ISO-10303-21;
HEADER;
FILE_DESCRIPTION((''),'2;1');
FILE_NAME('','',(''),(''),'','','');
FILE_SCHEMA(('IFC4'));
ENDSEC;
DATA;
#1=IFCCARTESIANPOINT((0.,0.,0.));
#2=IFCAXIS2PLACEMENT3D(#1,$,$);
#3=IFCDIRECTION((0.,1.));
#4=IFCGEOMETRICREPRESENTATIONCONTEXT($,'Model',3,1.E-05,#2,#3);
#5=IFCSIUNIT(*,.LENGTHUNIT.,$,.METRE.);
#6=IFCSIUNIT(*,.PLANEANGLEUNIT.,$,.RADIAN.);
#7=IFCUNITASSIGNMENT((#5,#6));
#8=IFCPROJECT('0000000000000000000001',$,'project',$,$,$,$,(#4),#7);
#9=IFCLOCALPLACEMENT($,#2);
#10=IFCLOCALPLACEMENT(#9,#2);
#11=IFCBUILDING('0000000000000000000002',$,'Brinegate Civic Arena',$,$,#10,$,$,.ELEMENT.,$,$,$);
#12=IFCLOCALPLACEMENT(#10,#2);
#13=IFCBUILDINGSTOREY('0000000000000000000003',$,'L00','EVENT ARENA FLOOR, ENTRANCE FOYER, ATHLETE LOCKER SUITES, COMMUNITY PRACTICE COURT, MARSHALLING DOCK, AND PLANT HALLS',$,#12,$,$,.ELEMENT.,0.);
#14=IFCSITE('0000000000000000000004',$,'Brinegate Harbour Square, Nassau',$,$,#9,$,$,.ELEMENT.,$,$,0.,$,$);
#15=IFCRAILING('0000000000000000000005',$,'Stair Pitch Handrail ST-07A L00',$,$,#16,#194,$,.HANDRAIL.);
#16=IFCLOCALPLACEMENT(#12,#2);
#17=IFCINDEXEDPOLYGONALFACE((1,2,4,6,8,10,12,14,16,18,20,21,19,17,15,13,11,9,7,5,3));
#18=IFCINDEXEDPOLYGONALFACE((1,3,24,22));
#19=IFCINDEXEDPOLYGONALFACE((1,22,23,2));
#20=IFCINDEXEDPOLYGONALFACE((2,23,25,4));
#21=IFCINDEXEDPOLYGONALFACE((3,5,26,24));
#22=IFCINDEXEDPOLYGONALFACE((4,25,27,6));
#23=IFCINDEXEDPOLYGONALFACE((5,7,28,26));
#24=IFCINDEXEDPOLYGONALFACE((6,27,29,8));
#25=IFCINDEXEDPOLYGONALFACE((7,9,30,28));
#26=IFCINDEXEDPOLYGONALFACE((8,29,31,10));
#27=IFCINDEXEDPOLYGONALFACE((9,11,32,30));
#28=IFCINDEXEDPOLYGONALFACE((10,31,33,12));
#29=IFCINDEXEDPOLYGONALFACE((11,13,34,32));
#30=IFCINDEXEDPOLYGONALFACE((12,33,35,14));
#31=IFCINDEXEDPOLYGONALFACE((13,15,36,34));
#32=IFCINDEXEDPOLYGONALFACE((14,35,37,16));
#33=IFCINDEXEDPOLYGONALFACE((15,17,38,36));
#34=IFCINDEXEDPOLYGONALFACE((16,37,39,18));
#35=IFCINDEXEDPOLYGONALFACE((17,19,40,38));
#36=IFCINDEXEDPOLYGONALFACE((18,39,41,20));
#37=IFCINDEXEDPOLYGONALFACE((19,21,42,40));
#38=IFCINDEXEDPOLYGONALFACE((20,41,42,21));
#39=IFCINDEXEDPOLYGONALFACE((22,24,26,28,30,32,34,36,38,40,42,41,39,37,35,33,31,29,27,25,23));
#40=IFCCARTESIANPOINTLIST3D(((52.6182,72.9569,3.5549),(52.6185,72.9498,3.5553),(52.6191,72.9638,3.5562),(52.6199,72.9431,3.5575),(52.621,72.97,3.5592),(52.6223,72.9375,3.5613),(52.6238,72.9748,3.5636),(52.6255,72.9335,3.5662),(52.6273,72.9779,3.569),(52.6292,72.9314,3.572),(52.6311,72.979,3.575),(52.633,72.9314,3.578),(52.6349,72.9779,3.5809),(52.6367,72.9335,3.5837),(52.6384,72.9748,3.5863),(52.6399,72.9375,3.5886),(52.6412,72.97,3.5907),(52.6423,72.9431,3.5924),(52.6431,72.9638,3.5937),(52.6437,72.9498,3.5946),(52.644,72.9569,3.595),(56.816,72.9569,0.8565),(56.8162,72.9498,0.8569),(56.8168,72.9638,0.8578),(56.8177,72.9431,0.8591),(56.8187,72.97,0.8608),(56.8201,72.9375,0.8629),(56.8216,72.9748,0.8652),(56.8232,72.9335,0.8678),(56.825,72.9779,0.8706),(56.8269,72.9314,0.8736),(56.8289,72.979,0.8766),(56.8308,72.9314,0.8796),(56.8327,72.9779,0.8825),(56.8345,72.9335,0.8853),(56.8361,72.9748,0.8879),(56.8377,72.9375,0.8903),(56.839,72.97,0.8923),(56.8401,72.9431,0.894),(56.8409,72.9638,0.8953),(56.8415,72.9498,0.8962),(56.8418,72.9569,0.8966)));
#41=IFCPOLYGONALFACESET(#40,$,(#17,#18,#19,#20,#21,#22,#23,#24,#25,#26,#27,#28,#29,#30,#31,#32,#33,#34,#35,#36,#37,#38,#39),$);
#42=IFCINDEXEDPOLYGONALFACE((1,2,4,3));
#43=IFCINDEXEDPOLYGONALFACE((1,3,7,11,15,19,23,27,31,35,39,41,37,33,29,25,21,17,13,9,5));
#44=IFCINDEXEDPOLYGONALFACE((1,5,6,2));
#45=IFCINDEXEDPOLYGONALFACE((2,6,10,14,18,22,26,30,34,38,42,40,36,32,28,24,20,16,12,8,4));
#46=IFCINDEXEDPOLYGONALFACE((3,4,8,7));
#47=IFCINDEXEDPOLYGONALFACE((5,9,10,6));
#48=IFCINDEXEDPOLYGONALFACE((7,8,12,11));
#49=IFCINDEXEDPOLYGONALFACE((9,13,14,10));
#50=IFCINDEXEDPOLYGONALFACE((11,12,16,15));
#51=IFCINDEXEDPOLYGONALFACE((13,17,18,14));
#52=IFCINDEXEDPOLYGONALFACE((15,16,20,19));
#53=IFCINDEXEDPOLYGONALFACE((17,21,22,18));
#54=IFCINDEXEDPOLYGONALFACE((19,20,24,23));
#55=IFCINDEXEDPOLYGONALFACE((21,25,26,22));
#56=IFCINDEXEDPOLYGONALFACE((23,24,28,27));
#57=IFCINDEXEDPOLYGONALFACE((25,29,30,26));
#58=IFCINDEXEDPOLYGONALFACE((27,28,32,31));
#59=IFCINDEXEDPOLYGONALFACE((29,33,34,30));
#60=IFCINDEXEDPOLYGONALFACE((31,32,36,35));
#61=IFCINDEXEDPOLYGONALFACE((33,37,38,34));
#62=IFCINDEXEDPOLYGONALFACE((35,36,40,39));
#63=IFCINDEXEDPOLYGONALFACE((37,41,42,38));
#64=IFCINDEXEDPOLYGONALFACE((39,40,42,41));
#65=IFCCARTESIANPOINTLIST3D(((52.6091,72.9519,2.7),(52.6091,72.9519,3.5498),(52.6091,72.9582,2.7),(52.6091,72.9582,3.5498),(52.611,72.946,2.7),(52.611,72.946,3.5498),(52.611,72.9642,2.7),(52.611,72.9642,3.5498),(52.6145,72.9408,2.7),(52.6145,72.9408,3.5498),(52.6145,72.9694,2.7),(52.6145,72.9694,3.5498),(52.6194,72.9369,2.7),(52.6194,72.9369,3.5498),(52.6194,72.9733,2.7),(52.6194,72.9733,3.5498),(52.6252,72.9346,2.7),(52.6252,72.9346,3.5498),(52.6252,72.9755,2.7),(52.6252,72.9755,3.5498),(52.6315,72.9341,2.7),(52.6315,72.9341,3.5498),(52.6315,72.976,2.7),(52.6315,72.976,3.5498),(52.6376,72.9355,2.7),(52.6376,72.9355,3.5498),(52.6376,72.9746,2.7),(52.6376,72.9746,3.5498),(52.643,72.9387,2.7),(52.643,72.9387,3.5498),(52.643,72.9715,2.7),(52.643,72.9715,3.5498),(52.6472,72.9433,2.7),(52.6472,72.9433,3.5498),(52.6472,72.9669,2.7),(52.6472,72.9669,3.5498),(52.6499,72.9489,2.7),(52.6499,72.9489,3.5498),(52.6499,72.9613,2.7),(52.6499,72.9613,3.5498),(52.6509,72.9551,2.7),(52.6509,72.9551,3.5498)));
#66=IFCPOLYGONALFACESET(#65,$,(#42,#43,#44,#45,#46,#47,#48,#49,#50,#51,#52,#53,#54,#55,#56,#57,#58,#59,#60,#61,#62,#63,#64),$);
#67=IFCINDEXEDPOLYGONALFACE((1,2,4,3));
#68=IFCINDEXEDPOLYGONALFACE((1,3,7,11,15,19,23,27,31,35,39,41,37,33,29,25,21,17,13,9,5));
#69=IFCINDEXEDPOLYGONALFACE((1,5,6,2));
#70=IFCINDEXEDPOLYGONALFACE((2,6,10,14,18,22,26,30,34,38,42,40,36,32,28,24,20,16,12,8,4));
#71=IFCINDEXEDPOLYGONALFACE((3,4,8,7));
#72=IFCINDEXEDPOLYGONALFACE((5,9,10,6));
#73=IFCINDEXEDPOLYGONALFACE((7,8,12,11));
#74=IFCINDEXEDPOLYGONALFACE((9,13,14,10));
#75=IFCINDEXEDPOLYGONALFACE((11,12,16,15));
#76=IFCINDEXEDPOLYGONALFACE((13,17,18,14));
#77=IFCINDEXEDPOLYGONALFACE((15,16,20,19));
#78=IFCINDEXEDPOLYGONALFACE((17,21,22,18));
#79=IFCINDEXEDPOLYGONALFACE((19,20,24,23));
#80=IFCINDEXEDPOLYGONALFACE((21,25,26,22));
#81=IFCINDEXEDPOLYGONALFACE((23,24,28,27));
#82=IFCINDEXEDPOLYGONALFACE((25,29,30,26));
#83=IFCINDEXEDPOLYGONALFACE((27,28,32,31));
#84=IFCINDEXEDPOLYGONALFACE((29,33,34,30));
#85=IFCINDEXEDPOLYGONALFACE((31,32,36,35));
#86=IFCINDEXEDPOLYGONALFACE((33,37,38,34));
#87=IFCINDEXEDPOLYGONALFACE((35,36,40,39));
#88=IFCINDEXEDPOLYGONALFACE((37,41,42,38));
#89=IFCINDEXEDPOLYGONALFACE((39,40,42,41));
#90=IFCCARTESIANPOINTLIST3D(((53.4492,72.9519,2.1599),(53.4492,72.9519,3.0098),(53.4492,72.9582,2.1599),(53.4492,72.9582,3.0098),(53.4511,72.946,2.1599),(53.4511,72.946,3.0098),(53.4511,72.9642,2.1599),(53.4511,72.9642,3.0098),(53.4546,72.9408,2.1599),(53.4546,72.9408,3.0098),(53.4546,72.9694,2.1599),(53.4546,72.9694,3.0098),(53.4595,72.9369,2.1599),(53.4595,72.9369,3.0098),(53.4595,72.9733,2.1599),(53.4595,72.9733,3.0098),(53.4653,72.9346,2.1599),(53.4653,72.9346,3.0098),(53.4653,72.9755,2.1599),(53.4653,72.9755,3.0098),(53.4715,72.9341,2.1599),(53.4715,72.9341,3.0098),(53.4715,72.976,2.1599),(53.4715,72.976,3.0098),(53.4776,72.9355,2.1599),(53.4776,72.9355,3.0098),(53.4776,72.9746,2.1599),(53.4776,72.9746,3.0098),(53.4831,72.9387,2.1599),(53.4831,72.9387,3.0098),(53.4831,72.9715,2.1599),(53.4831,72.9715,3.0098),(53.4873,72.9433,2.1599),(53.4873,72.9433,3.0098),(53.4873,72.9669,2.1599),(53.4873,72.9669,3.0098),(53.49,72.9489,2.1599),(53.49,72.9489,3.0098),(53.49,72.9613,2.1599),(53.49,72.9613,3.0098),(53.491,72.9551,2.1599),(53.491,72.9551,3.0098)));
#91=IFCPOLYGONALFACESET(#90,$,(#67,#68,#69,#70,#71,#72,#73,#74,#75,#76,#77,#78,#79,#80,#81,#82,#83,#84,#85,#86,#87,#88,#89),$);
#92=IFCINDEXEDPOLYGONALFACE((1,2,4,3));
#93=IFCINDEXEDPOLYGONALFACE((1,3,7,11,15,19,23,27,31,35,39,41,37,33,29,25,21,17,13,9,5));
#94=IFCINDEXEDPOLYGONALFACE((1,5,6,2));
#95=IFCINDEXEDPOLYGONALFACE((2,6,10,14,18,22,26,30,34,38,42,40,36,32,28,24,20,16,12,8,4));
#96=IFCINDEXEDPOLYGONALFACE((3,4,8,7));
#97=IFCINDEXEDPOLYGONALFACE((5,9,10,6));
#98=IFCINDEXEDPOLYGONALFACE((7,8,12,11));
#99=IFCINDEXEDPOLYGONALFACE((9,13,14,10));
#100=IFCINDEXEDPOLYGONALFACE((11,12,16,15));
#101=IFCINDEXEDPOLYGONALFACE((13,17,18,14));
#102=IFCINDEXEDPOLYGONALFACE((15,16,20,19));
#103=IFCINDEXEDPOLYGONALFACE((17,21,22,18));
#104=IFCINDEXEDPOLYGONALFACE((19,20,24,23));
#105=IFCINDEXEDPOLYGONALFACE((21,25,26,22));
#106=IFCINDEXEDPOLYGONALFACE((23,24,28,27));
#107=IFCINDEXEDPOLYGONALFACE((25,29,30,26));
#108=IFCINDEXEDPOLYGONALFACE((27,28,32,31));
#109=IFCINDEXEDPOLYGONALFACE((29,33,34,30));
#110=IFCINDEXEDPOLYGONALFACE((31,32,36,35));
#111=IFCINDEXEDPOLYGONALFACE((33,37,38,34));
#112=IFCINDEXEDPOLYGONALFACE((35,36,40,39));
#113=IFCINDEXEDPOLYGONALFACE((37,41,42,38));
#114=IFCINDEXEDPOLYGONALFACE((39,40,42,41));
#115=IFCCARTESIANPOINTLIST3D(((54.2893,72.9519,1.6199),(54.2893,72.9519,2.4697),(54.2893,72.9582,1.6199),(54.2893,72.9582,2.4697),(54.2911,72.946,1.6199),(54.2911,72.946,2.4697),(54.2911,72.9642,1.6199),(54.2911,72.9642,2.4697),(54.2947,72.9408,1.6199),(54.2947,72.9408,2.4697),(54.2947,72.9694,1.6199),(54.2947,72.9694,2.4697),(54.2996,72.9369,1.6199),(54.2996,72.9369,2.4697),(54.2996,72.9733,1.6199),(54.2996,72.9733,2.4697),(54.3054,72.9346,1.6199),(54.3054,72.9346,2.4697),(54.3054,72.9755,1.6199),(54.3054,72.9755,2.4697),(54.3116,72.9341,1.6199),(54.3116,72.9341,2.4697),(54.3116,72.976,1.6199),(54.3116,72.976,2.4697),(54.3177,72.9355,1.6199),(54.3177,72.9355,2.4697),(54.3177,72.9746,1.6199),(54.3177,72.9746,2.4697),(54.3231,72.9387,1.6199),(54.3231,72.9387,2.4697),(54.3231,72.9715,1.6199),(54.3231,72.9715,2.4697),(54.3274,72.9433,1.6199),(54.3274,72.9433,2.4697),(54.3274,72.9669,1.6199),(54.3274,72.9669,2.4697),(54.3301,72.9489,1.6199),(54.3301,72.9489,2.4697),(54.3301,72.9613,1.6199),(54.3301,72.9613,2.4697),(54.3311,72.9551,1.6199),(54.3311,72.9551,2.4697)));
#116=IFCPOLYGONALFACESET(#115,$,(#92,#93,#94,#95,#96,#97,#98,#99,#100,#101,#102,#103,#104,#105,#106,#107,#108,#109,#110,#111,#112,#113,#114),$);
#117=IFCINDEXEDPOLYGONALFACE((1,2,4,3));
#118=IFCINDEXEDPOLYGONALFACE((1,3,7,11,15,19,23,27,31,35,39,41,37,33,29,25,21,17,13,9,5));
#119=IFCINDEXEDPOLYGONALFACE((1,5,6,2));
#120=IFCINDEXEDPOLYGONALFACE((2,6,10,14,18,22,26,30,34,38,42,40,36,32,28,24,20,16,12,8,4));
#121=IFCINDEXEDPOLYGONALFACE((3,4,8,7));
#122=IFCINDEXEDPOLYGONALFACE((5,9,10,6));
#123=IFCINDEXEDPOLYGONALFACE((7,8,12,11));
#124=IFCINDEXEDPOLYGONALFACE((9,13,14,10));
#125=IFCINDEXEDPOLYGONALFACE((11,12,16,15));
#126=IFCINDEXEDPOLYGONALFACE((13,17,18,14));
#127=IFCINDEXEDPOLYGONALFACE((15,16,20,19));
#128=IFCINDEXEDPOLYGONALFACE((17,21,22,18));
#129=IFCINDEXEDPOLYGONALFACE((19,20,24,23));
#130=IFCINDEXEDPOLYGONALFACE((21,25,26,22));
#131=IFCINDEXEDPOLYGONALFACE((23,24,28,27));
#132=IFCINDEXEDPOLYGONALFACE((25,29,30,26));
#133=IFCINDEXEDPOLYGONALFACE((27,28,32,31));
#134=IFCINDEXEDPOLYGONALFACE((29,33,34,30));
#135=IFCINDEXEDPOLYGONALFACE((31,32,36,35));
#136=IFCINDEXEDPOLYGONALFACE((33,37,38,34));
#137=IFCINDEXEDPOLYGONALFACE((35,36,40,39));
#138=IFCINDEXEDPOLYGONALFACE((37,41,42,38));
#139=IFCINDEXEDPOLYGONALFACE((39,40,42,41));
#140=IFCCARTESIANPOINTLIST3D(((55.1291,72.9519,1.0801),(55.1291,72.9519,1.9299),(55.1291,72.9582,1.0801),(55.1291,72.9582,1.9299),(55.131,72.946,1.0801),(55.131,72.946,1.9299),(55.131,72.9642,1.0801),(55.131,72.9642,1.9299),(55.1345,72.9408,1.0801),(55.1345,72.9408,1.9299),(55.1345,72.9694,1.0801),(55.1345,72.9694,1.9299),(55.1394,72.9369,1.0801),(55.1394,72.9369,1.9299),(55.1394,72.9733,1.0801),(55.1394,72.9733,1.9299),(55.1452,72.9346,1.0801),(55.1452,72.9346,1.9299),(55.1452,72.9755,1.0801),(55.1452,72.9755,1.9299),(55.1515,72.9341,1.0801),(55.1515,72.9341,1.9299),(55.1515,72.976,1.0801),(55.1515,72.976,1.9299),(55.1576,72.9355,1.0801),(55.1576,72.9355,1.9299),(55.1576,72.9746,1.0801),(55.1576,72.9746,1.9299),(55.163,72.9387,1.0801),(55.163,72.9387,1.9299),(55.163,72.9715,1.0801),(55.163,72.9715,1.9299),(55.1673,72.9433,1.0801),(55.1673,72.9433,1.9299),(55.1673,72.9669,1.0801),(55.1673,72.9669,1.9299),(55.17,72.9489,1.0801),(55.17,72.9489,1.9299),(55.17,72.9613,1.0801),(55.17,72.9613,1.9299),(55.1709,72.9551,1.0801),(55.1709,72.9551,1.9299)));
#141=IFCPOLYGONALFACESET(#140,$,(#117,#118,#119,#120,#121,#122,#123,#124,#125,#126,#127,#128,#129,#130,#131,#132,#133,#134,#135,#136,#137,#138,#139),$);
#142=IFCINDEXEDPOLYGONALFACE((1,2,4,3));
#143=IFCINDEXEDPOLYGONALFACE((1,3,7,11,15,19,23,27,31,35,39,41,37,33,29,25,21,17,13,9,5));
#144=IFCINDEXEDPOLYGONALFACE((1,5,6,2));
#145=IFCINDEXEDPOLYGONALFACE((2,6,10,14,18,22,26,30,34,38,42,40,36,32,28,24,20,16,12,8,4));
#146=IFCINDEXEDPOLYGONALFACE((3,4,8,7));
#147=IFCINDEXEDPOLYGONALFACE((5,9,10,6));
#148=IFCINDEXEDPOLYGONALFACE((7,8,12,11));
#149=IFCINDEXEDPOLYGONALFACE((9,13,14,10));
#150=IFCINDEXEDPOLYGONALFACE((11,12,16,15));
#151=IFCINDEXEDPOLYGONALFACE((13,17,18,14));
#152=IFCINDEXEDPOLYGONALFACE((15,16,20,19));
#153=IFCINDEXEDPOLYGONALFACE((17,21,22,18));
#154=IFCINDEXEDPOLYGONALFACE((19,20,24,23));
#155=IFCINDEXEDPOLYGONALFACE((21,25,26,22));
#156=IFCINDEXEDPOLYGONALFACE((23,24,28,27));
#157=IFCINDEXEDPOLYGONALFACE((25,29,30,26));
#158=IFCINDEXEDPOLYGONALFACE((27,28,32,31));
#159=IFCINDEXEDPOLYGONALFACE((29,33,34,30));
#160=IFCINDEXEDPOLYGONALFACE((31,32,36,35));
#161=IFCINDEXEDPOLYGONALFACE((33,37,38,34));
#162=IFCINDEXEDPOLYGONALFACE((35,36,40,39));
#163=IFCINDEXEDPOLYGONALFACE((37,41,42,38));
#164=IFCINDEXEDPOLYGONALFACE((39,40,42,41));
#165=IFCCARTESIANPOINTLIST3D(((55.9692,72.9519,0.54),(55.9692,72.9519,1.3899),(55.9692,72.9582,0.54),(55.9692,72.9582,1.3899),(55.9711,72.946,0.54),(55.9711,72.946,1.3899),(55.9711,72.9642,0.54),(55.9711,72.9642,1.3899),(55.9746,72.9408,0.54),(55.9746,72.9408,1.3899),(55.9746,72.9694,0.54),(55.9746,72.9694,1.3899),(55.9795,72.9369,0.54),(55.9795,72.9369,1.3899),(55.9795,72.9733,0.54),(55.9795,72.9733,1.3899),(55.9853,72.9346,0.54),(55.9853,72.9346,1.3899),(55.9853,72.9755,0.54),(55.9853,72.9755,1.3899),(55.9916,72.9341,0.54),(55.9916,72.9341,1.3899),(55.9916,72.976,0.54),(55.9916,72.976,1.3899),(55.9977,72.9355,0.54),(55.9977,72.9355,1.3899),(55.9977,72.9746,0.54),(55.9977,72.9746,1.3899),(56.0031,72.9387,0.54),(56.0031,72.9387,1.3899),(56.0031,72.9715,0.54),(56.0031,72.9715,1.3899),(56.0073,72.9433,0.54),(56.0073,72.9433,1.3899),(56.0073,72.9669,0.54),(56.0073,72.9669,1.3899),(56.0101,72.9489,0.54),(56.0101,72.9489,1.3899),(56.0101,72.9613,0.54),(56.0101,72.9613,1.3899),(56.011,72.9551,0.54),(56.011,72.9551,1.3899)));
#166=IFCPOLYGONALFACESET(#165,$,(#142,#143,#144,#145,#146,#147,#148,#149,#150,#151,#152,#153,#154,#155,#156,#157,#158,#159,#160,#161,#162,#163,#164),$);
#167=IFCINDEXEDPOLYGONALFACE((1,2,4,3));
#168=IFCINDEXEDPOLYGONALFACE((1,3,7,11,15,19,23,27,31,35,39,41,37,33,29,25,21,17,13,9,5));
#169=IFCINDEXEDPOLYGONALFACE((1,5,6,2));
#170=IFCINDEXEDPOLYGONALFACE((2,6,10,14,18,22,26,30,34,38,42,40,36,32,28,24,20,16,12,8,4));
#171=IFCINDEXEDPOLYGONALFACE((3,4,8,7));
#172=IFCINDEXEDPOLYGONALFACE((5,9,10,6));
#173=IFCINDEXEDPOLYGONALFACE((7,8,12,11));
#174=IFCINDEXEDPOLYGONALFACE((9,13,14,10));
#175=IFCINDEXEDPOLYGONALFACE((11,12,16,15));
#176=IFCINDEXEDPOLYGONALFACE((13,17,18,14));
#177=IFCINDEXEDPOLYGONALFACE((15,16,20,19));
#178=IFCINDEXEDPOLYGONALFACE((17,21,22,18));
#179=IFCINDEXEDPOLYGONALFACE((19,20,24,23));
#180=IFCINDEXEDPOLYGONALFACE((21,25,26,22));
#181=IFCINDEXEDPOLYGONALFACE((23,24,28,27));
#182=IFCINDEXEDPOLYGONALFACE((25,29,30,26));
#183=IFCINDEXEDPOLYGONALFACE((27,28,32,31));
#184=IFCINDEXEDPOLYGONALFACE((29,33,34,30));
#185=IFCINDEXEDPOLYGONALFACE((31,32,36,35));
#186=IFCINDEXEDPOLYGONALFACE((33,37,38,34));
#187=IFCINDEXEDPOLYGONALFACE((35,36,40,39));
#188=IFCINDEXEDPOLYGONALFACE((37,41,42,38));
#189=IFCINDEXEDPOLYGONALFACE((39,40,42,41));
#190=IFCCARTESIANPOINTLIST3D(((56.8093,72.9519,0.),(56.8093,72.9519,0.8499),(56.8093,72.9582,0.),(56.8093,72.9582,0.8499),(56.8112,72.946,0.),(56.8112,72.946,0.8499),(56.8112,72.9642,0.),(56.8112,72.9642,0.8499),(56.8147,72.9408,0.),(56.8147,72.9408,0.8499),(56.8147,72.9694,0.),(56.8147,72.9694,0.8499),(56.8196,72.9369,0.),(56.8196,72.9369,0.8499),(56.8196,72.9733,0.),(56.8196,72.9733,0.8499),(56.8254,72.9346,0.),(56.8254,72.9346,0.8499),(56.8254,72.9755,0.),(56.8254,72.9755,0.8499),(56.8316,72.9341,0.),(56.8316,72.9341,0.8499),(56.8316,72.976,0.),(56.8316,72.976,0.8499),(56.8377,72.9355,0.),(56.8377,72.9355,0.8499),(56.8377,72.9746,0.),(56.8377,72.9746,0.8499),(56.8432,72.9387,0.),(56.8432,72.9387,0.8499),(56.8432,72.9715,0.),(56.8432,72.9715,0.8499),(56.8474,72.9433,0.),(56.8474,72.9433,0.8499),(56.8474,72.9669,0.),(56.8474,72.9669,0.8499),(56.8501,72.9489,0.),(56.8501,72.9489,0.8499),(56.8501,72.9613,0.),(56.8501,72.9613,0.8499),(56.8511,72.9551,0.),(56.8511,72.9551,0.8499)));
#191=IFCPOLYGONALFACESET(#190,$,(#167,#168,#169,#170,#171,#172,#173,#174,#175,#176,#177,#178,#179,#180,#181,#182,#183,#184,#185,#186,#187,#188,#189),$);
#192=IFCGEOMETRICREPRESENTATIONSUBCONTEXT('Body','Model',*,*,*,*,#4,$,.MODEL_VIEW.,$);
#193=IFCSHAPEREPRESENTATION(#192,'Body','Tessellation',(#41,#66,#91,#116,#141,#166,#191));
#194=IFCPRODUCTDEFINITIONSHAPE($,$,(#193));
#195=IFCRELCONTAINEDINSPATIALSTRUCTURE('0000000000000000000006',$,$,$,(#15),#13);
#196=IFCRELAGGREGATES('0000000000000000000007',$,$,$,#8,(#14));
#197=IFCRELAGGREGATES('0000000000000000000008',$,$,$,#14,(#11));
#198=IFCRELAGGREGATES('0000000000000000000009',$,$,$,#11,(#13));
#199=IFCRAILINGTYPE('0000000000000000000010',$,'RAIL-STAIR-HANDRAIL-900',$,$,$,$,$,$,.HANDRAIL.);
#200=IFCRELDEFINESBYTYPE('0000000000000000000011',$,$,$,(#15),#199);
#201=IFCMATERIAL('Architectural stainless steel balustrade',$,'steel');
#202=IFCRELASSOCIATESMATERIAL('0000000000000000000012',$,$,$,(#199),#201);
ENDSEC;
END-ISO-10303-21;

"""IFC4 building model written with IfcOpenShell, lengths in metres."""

from ifc_helpers import new_model, si_unit, direction, frame, origin, origin_2d, place, context, subcontext, project, spatial, circle, extrude, material, type_object, element, save


model = new_model("IFC4")

# Units and contexts
model_context = context("Model", 3, precision=1e-05, world=origin(), true_north=direction((0.0, 1.0)))
body_context = subcontext(model_context, "Body", "Model", "MODEL_VIEW")
ifc_project = project(units=[si_unit("LENGTHUNIT", "METRE"), si_unit("PLANEANGLEUNIT", "RADIAN")], contexts=[model_context])

# Site, building, storey
site_placement = place(None, origin())
site = spatial("IfcSite", under=ifc_project, at=site_placement, Name="Brinegate Harbour Square, Nassau", CompositionType="ELEMENT", RefElevation=0.0)
building_placement = place(site_placement, origin())
building = spatial("IfcBuilding", under=site, at=building_placement, Name="Brinegate Civic Arena", CompositionType="ELEMENT")
storey_placement = place(building_placement, origin())
storey = spatial("IfcBuildingStorey", under=building, at=storey_placement, Name="L00", Description="EVENT ARENA FLOOR, ENTRANCE FOYER, ATHLETE LOCKER SUITES, COMMUNITY PRACTICE COURT, MARSHALLING DOCK, AND PLANT HALLS", CompositionType="ELEMENT", Elevation=0.0)

# Railing
ifc_material_1 = material(Name="Architectural stainless steel balustrade", Category="steel")
railing_type = type_object("IfcRailingType", Name="RAIL-STAIR-HANDRAIL-900", PredefinedType="HANDRAIL", material=ifc_material_1)
railing_placement = place(storey_placement, frame((52.6299, 72.9551, 2.7)))
element("IfcRailing", 1, at=railing_placement, inside=storey, type_object=railing_type, Name="Stair Pitch Handrail ST-07A L00", PredefinedType="HANDRAIL", context=body_context, shape_type="SweptSolid", body=[
    extrude(circle(Radius=0.0239, at=origin_2d()), frame((0.0012, 0.0, 0.875), z_axis=(0.841194, 0.0, -0.540733), x_axis=(0.0, 1.0, 0.0)), (0.0, 0.0, 1.0), 4.9902),
    extrude(circle(Radius=0.021, at=origin_2d()), origin(), (0.0, 0.0, 1.0), 0.8499),
    extrude(circle(Radius=0.021, at=origin_2d()), frame((0.8401, 0.0, -0.54)), (0.0, 0.0, 1.0), 0.8499),
    extrude(circle(Radius=0.021, at=origin_2d()), frame((1.6802, 0.0, -1.0801)), (0.0, 0.0, 1.0), 0.8499),
    extrude(circle(Radius=0.021, at=origin_2d()), frame((2.52, 0.0, -1.6199)), (0.0, 0.0, 1.0), 0.8499),
    extrude(circle(Radius=0.021, at=origin_2d()), frame((3.3601, 0.0, -2.1599)), (0.0, 0.0, 1.0), 0.8499),
    extrude(circle(Radius=0.021, at=origin_2d()), frame((4.2002, 0.0, -2.7)), (0.0, 0.0, 1.0), 0.8499),
])

save(model, "model.ifc")
